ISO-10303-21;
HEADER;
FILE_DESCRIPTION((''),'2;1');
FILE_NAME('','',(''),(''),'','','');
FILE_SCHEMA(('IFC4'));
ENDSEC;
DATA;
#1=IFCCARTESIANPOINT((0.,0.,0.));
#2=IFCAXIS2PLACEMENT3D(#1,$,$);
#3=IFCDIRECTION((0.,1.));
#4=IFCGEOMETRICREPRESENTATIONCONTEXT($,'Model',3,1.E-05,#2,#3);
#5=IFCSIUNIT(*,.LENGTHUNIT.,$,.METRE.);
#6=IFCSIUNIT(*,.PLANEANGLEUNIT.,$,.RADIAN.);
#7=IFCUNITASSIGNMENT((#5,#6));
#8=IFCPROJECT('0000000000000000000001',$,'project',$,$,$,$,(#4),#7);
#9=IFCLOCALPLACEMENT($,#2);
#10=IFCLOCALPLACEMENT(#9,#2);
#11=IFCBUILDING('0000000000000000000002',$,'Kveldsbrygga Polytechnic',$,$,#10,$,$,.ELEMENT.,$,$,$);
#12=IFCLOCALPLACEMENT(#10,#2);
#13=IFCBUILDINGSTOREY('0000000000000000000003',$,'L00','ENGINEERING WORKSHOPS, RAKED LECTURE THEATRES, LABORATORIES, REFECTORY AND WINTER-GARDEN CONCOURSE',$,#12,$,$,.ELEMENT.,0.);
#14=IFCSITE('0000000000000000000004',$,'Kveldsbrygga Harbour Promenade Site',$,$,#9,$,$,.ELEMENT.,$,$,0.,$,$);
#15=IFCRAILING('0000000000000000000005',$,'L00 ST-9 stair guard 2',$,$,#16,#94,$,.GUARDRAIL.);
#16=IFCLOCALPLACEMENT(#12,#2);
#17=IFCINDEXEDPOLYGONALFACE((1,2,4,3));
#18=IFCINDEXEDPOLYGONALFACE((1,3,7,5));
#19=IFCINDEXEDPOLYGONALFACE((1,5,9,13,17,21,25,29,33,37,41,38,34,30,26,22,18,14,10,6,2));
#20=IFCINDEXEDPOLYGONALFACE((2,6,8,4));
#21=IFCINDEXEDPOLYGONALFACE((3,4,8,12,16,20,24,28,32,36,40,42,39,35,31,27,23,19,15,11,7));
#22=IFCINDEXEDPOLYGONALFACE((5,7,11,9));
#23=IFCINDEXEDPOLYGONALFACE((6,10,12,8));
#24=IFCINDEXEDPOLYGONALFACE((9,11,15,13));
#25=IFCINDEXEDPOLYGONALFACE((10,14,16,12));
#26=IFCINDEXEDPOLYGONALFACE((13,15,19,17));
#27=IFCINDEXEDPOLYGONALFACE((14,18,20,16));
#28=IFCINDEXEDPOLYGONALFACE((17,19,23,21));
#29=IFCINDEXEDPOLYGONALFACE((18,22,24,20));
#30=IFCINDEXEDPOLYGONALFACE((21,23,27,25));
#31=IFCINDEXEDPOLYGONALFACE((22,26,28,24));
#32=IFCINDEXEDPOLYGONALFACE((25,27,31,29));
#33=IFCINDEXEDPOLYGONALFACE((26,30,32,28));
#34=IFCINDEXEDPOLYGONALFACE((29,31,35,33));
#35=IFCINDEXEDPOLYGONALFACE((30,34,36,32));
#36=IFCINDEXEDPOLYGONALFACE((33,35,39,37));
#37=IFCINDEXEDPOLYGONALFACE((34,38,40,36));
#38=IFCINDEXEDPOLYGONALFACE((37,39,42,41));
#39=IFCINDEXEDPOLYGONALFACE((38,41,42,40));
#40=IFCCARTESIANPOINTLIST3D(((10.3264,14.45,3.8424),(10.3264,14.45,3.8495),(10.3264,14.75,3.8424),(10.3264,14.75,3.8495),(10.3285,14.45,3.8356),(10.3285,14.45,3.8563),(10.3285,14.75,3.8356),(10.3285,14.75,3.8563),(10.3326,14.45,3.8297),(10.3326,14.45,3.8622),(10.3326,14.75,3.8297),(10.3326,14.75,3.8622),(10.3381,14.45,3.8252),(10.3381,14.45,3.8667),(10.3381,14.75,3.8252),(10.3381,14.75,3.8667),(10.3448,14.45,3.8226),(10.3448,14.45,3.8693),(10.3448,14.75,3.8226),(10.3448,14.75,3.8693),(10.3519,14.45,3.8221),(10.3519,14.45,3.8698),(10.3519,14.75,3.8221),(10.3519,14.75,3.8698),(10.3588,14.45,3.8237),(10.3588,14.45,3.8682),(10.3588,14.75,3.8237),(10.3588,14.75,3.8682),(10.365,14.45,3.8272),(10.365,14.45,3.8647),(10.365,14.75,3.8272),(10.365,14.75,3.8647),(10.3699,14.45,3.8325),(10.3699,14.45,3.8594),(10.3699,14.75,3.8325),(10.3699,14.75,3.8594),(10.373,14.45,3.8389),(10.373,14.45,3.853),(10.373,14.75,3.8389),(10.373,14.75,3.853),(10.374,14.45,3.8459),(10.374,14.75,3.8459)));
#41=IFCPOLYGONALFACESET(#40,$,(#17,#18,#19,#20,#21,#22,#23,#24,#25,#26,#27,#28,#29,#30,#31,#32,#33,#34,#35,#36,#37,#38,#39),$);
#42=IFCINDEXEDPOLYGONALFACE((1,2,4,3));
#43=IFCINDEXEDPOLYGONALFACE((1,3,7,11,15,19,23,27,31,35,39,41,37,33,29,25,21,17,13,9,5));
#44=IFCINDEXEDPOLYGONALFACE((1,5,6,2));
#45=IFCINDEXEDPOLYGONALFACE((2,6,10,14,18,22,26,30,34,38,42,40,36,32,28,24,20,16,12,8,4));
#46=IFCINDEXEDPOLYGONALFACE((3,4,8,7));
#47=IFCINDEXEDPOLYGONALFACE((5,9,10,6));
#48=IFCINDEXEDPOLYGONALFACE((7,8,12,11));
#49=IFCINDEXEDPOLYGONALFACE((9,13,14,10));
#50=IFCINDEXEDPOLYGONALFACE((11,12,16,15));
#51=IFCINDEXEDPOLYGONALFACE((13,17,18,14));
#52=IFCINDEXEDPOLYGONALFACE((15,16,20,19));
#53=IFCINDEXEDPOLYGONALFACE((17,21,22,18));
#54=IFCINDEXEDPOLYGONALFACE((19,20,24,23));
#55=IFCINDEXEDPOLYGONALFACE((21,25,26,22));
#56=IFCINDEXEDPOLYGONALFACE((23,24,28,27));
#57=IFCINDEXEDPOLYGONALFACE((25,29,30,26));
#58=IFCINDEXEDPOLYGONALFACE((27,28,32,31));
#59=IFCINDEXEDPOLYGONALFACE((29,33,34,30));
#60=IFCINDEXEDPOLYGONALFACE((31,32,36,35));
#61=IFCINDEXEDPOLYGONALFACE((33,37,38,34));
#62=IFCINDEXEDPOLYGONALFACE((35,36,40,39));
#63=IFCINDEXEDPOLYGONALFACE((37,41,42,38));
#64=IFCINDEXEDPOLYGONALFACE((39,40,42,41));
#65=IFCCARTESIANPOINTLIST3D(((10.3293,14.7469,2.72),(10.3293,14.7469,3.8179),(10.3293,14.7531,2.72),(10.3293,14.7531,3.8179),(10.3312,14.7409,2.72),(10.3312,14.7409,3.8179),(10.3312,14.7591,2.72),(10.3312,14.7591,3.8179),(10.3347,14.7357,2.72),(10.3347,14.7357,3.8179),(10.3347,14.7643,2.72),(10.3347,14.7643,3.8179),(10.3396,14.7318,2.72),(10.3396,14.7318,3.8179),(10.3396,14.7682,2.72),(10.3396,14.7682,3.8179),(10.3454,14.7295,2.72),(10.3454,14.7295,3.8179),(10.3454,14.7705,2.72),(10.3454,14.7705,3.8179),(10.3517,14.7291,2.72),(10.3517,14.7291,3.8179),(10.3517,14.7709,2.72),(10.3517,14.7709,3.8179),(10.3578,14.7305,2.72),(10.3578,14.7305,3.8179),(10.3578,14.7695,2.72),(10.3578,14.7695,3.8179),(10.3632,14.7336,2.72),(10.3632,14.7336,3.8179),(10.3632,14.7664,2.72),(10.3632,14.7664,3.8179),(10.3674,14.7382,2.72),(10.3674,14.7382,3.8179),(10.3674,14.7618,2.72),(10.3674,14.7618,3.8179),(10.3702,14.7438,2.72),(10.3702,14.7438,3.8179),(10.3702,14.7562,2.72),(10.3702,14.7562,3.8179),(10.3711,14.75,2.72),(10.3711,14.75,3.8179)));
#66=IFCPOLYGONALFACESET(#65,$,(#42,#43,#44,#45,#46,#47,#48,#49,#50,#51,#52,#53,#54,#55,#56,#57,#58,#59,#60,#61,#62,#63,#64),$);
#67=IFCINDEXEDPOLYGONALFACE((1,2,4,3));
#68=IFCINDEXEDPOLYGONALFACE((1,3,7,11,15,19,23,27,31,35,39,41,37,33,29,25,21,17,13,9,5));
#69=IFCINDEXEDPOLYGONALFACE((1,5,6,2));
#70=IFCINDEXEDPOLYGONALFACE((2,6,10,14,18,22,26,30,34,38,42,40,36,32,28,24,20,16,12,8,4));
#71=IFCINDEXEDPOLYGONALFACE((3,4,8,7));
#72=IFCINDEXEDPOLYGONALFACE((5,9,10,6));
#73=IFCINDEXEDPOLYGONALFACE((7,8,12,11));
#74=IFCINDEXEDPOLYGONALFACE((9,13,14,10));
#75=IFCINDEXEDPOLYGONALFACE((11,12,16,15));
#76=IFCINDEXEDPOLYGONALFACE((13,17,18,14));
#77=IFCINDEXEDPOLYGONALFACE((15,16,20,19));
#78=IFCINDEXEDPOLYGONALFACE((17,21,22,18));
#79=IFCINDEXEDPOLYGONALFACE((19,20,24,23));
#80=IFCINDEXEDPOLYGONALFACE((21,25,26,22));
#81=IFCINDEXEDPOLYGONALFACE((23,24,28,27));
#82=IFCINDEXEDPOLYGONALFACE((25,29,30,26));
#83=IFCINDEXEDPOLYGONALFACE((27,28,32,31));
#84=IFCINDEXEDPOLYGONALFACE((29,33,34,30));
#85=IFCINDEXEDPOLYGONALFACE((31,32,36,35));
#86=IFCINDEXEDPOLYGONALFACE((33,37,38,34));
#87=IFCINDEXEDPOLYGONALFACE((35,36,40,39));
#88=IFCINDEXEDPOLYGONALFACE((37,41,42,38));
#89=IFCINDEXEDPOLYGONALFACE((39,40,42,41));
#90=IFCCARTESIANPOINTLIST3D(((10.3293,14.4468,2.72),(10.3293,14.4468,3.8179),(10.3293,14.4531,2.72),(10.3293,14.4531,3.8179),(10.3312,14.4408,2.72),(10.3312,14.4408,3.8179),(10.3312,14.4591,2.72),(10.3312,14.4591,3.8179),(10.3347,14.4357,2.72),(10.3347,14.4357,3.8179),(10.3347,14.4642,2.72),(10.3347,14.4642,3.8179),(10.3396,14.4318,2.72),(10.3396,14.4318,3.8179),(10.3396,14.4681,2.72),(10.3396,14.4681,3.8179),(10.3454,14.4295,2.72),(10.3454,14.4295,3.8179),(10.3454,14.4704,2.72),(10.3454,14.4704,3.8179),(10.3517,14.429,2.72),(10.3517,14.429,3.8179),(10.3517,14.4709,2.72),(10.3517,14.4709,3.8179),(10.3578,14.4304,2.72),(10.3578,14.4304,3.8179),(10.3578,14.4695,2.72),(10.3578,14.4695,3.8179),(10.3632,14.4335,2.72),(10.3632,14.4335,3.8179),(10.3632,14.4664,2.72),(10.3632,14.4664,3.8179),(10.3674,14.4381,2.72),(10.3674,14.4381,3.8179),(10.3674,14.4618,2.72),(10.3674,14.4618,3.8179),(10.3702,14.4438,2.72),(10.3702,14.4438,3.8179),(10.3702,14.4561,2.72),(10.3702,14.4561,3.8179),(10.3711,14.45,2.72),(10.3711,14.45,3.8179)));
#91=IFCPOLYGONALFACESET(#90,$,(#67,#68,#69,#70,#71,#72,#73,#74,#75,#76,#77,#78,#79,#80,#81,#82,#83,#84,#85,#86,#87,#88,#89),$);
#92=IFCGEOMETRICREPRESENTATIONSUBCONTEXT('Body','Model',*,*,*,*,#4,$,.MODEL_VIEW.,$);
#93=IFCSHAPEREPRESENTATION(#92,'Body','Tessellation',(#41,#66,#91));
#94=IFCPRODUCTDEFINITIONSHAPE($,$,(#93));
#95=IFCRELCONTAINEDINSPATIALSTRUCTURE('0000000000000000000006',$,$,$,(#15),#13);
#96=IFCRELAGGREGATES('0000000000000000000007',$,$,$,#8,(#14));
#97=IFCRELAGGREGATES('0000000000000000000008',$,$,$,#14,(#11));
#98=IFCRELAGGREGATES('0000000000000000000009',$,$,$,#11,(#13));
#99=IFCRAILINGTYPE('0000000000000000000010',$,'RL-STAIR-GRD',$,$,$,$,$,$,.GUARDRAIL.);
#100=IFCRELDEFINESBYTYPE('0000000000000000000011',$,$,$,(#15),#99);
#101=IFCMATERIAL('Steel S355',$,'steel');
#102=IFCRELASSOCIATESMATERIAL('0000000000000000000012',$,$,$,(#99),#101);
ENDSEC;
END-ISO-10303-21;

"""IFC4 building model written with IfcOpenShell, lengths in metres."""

from ifc_helpers import new_model, si_unit, direction, frame, origin, origin_2d, place, context, subcontext, project, spatial, circle, extrude, material, type_object, element, save


model = new_model("IFC4")

# Units and contexts
model_context = context("Model", 3, precision=1e-05, world=origin(), true_north=direction((0.0, 1.0)))
body_context = subcontext(model_context, "Body", "Model", "MODEL_VIEW")
ifc_project = project(units=[si_unit("LENGTHUNIT", "METRE"), si_unit("PLANEANGLEUNIT", "RADIAN")], contexts=[model_context])

# Site, building, storey
site_placement = place(None, origin())
site = spatial("IfcSite", under=ifc_project, at=site_placement, Name="Kveldsbrygga Harbour Promenade Site", CompositionType="ELEMENT", RefElevation=0.0)
building_placement = place(site_placement, origin())
building = spatial("IfcBuilding", under=site, at=building_placement, Name="Kveldsbrygga Polytechnic", CompositionType="ELEMENT")
storey_placement = place(building_placement, origin())
storey = spatial("IfcBuildingStorey", under=building, at=storey_placement, Name="L00", Description="ENGINEERING WORKSHOPS, RAKED LECTURE THEATRES, LABORATORIES, REFECTORY AND WINTER-GARDEN CONCOURSE", CompositionType="ELEMENT", Elevation=0.0)

# Railing
ifc_material_1 = material(Name="Steel S355", Category="steel")
railing_type_1 = type_object("IfcRailingType", Name="RL-STAIR-GRD", PredefinedType="GUARDRAIL", material=ifc_material_1)
railing_1_placement = place(storey_placement, frame((10.3501, 14.75, 2.72)))
element("IfcRailing", 1, at=railing_1_placement, inside=storey, type_object=railing_type_1, Name="L00 ST-9 stair guard 2", PredefinedType="GUARDRAIL", context=body_context, shape_type="SweptSolid", body=[
    extrude(circle(Radius=0.0239, at=origin_2d()), frame((0.0, 0.0, 1.126), z_axis=(0.0, -1.0, 0.0), x_axis=(1.0, 0.0, 0.0)), (0.0, 0.0, 1.0), 0.3),
    extrude(circle(Radius=0.021, at=origin_2d()), origin(), (0.0, 0.0, 1.0), 1.0979),
    extrude(circle(Radius=0.021, at=origin_2d()), frame((0.0, -0.3, 0.0)), (0.0, 0.0, 1.0), 1.0979),
])

save(model, "model.ifc")
